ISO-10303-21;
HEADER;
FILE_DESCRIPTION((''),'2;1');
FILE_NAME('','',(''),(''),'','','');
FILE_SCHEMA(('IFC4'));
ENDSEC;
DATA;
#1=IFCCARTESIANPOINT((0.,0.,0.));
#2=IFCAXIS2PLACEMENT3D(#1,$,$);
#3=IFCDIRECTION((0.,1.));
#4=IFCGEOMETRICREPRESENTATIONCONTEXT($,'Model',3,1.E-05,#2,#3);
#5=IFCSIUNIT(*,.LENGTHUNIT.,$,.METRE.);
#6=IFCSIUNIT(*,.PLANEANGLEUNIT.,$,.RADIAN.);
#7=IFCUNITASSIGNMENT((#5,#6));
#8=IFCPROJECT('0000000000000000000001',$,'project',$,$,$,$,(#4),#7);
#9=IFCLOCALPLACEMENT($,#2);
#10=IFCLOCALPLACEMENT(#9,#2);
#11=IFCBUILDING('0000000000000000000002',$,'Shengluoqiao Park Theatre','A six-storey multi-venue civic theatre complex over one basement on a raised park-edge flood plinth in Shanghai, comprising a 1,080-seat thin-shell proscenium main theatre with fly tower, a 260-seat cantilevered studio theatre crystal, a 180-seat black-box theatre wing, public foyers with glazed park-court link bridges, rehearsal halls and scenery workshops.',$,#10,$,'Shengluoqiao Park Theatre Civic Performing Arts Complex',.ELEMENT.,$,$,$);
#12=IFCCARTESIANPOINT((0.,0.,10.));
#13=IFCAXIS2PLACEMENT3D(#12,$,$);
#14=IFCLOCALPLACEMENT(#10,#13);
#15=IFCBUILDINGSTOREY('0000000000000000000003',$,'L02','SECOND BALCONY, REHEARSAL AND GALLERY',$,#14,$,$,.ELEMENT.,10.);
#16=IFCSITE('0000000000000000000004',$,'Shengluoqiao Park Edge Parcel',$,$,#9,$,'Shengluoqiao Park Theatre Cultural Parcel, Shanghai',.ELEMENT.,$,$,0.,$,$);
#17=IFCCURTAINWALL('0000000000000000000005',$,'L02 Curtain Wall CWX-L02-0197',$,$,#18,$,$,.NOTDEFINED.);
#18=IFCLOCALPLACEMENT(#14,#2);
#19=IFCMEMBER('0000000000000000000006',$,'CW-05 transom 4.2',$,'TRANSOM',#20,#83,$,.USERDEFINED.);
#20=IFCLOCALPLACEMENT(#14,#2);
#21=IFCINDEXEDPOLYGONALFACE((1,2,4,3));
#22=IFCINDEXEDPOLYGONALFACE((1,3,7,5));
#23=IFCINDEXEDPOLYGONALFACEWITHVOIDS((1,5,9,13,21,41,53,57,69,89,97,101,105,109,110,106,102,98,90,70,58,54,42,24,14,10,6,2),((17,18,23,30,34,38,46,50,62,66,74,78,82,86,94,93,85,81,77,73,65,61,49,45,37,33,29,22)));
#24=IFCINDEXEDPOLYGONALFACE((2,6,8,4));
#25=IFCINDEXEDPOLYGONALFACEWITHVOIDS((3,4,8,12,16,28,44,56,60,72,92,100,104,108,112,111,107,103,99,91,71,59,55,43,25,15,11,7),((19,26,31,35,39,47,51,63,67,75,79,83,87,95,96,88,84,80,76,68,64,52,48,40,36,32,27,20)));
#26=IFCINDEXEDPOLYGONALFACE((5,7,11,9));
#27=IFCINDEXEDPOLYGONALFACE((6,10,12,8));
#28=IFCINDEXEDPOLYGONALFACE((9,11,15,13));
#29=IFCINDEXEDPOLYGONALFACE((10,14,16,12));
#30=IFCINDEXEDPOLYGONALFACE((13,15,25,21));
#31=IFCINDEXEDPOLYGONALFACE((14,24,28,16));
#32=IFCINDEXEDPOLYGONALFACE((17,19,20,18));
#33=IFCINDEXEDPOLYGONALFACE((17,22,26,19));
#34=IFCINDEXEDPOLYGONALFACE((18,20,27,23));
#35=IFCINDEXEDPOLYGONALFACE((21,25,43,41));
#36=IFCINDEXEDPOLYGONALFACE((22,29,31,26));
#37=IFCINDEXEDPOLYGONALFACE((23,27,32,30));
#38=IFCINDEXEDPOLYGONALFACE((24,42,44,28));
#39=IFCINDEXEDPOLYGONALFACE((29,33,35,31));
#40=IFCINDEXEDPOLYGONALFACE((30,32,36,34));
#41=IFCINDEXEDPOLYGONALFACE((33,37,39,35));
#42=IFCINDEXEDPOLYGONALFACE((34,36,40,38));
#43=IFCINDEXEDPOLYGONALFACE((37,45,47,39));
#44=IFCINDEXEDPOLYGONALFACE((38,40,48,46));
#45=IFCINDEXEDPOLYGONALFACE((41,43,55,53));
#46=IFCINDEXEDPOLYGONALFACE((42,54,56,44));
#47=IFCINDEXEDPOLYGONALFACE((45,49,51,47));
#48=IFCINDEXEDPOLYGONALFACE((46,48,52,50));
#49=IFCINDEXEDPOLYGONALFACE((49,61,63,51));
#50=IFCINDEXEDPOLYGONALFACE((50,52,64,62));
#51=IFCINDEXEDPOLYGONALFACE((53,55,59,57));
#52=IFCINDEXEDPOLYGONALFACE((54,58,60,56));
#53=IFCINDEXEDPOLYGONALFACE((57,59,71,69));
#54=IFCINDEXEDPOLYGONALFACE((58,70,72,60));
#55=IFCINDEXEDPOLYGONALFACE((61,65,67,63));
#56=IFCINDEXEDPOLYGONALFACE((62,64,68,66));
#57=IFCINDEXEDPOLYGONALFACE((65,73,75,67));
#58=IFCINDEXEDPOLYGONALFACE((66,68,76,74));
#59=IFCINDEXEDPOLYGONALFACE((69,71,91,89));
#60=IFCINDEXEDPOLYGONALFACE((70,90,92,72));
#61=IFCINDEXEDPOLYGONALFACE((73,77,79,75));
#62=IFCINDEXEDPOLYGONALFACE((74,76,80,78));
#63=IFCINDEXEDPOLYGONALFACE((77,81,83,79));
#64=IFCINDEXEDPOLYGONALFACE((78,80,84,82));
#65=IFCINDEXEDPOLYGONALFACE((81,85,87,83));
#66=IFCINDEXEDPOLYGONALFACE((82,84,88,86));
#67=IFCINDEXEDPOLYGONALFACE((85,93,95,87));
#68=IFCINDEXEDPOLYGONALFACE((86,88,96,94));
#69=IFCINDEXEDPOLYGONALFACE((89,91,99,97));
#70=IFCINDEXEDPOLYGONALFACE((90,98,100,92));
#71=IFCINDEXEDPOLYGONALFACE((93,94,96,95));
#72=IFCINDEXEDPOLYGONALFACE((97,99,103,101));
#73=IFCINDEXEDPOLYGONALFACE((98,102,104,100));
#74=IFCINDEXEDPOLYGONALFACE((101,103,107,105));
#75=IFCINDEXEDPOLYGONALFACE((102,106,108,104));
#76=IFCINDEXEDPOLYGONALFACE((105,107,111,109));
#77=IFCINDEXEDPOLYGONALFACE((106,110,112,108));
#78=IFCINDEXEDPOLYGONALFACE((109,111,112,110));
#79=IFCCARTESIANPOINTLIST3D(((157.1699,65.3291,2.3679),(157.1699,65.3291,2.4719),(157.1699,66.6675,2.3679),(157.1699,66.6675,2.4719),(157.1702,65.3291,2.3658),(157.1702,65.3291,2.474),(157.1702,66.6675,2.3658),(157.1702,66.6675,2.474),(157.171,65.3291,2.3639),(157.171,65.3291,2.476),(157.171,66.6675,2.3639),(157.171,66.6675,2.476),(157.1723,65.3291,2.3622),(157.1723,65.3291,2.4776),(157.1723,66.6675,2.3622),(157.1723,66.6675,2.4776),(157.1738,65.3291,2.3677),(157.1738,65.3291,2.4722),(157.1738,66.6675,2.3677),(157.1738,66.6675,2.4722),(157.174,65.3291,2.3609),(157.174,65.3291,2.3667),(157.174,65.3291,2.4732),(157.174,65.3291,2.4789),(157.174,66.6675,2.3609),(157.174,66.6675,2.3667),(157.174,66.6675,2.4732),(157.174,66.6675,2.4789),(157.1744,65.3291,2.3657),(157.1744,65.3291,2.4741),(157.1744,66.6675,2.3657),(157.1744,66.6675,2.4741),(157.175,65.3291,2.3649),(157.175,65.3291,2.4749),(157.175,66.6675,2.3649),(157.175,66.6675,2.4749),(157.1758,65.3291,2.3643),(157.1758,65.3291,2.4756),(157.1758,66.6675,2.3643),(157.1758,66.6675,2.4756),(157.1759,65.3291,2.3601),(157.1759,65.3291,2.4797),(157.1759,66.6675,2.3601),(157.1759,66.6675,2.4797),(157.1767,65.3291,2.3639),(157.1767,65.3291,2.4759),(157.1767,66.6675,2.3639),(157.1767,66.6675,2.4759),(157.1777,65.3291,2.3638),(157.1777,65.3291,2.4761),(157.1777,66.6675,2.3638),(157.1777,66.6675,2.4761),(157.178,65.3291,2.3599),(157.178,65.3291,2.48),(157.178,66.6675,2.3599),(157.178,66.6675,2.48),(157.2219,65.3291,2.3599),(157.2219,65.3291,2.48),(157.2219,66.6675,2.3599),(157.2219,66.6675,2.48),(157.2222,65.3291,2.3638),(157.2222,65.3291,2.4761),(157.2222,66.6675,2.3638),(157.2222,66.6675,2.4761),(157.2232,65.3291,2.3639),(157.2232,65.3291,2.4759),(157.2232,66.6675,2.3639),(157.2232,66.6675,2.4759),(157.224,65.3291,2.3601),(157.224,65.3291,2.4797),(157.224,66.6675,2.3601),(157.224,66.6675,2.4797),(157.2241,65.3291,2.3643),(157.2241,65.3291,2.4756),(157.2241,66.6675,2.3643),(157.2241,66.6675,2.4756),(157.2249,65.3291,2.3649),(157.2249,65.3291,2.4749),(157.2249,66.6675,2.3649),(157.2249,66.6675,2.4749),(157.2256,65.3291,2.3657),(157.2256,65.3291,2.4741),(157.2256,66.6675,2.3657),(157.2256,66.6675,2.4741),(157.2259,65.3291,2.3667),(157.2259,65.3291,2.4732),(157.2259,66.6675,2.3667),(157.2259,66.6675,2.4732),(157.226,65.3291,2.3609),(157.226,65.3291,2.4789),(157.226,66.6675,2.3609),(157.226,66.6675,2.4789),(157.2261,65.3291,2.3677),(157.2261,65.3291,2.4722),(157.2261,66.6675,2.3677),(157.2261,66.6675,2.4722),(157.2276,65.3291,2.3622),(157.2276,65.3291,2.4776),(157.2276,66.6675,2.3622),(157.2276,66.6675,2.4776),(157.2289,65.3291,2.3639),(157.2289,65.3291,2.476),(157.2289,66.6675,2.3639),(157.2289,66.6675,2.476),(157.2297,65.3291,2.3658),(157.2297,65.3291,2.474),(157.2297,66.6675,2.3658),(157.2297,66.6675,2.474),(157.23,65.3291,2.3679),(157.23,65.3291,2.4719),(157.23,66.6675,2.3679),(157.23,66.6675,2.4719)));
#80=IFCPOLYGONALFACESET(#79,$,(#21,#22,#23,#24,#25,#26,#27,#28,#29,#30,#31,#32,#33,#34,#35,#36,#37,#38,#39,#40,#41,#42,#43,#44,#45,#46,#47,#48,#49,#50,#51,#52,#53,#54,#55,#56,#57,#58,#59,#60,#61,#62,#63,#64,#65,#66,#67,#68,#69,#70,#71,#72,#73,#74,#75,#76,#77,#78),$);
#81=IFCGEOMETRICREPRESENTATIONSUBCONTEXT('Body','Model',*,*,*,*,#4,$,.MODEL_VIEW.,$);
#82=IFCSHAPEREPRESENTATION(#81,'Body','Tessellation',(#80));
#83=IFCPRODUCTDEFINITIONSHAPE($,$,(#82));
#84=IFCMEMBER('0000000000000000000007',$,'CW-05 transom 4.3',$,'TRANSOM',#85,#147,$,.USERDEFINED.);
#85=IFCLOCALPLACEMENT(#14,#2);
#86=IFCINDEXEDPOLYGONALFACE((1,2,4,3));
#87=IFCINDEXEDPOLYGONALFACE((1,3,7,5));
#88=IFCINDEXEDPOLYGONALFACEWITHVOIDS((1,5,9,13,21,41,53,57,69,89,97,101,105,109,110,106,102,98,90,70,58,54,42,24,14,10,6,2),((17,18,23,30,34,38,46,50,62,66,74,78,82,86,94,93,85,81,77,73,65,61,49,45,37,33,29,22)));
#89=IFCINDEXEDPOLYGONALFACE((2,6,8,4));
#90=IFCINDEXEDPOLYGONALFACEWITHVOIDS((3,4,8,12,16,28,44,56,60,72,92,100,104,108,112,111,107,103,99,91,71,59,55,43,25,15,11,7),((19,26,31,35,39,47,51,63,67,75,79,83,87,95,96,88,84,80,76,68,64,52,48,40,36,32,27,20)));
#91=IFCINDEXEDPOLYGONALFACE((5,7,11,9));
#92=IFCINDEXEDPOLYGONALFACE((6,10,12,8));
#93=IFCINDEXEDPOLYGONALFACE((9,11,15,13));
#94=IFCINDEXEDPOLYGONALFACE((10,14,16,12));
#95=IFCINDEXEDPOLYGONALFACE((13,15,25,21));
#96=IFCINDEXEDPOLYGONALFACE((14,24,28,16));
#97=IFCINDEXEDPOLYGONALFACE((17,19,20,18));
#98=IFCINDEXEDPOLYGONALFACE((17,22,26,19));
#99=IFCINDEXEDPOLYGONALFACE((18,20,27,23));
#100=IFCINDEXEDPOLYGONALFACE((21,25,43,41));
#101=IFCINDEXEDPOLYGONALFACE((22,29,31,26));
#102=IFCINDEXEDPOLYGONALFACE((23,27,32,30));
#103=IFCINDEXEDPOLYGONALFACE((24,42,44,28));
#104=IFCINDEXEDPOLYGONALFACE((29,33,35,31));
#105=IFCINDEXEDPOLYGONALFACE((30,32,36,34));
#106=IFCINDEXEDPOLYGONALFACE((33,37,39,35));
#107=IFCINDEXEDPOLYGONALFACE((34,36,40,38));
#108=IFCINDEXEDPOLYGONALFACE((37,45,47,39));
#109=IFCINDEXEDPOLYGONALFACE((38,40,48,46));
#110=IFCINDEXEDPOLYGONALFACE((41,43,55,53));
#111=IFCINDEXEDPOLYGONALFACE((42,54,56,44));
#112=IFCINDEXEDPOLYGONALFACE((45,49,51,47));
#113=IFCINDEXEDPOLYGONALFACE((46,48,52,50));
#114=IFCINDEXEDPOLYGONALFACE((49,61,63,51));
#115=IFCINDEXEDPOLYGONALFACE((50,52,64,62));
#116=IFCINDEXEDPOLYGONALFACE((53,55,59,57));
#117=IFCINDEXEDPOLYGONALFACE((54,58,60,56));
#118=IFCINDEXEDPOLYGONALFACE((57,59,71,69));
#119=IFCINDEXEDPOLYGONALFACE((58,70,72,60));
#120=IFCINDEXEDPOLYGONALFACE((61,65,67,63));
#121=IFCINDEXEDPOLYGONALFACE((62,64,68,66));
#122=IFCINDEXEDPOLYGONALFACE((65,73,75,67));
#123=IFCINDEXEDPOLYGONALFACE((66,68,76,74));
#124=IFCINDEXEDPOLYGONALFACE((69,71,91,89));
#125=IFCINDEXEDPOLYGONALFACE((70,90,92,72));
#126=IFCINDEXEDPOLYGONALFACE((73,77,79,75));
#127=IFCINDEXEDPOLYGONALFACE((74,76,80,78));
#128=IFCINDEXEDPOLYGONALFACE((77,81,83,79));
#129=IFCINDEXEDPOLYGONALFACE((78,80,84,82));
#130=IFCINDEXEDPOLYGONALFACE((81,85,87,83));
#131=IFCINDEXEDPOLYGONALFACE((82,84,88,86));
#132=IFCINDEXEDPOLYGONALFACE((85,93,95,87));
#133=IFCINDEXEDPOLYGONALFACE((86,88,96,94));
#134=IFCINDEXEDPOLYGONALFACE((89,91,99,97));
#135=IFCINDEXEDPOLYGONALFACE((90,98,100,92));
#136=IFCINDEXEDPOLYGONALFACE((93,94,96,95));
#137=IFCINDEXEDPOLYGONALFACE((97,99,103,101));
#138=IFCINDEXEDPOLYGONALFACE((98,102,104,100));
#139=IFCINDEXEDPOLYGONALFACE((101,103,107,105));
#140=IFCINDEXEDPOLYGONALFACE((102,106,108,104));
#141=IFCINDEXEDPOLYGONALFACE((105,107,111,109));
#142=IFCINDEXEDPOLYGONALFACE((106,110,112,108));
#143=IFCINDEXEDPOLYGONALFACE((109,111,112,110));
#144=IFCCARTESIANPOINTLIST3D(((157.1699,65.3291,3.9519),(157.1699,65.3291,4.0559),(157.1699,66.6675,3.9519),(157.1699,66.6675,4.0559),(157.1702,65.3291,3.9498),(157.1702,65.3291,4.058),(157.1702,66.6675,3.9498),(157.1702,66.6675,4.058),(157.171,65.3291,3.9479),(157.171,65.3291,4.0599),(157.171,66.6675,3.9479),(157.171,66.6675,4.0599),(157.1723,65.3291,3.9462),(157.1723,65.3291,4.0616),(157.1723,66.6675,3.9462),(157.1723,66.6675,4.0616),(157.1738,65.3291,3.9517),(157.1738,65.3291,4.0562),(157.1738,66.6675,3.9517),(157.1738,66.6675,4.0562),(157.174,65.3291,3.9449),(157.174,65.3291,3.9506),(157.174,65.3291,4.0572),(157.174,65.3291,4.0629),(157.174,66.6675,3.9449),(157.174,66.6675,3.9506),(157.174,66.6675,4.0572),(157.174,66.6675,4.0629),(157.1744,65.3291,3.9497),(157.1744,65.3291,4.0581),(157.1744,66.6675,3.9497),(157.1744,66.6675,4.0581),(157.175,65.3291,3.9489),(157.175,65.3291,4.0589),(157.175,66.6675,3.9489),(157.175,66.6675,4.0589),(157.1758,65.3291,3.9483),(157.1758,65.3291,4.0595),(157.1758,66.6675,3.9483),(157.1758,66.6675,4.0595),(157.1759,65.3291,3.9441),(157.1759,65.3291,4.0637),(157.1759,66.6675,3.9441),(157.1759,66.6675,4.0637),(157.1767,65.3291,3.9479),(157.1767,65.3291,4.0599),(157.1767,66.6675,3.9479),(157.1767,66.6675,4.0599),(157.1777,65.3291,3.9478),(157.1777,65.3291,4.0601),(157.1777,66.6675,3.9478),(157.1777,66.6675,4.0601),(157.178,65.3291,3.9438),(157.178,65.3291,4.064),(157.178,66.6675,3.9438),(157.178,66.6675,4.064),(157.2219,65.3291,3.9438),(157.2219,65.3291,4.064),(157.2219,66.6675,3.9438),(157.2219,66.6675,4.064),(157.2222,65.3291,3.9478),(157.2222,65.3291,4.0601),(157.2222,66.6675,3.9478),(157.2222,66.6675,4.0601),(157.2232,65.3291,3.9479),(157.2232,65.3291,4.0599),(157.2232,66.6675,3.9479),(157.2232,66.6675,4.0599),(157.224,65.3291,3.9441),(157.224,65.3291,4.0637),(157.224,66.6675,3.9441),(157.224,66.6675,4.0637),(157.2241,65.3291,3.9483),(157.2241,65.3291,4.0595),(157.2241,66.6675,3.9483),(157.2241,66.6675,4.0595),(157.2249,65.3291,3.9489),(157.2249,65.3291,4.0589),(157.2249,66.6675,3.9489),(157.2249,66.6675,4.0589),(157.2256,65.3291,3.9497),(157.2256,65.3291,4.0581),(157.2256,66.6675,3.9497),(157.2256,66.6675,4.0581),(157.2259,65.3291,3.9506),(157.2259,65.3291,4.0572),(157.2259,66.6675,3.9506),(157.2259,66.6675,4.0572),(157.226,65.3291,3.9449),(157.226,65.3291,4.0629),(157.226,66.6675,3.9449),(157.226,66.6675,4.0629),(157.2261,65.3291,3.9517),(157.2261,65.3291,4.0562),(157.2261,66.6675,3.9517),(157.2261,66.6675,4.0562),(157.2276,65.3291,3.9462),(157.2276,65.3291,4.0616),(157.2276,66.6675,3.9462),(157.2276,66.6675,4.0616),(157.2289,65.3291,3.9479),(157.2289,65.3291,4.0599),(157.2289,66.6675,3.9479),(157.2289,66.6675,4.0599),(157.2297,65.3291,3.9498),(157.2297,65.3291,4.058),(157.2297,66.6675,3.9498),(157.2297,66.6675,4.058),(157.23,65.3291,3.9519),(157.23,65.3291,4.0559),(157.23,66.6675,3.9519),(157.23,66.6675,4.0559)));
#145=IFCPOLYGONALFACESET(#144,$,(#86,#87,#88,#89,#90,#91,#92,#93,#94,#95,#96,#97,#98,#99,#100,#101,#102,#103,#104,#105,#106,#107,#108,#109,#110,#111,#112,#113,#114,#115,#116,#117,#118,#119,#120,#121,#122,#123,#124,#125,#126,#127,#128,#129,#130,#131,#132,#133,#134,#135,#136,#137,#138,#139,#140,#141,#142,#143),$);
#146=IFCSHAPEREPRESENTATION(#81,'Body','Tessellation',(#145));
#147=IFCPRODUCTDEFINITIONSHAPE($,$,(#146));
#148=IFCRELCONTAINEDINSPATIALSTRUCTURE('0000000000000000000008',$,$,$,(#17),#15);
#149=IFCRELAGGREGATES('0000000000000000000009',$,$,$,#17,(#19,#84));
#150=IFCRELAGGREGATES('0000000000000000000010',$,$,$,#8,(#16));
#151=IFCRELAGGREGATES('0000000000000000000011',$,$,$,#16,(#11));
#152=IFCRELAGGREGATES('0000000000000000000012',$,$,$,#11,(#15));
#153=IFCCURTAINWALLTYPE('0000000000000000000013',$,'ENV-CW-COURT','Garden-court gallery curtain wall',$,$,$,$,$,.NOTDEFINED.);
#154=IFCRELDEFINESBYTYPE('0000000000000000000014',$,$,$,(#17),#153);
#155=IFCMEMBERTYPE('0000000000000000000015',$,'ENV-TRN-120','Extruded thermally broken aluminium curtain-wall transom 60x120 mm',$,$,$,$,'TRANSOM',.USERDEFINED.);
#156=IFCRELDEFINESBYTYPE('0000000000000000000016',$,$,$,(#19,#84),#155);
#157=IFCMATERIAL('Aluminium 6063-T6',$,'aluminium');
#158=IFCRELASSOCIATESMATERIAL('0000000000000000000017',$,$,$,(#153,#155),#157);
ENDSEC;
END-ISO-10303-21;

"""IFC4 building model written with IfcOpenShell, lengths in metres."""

from ifc_helpers import new_model, si_unit, direction, frame, origin, origin_2d, place, context, subcontext, project, spatial, hollow_rectangle, extrude, material, material_profile, profile_set, type_object, element, aggregate, save


model = new_model("IFC4")

# Units and contexts
model_context = context("Model", 3, precision=1e-05, world=origin(), true_north=direction((0.0, 1.0)))
body_context = subcontext(model_context, "Body", "Model", "MODEL_VIEW")
ifc_project = project(units=[si_unit("LENGTHUNIT", "METRE"), si_unit("PLANEANGLEUNIT", "RADIAN")], contexts=[model_context])

# Site, building, storey
site_placement = place(None, origin())
site = spatial("IfcSite", under=ifc_project, at=site_placement, Name="Shengluoqiao Park Edge Parcel", LongName="Shengluoqiao Park Theatre Cultural Parcel, Shanghai", CompositionType="ELEMENT", RefElevation=0.0)
building_placement = place(site_placement, origin())
building = spatial("IfcBuilding", under=site, at=building_placement, Name="Shengluoqiao Park Theatre", Description="A six-storey multi-venue civic theatre complex over one basement on a raised park-edge flood plinth in Shanghai, comprising a 1,080-seat thin-shell proscenium main theatre with fly tower, a 260-seat cantilevered studio theatre crystal, a 180-seat black-box theatre wing, public foyers with glazed park-court link bridges, rehearsal halls and scenery workshops.", LongName="Shengluoqiao Park Theatre Civic Performing Arts Complex", CompositionType="ELEMENT")
storey_placement = place(building_placement, frame((0.0, 0.0, 10.0)))
storey = spatial("IfcBuildingStorey", under=building, at=storey_placement, Name="L02", Description="SECOND BALCONY, REHEARSAL AND GALLERY", CompositionType="ELEMENT", Elevation=10.0)

# Curtain wall, members
ifc_material_1 = material(Name="Aluminium 6063-T6", Category="aluminium")
curtain_wall_type = type_object("IfcCurtainWallType", Name="ENV-CW-COURT", Description="Garden-court gallery curtain wall", PredefinedType="NOTDEFINED", material=ifc_material_1)
curtain_wall_placement = place(storey_placement, origin())
curtain_wall = element("IfcCurtainWall", 1, at=curtain_wall_placement, inside=storey, type_object=curtain_wall_type, Name="L02 Curtain Wall CWX-L02-0197", PredefinedType="NOTDEFINED")
ifc_material_profile_1 = material_profile(ifc_material_1, hollow_rectangle(XDim=0.0601, YDim=0.1201, WallThickness=0.0039, InnerFilletRadius=0.0039, OuterFilletRadius=0.0081, at=origin_2d()), Name="ALU TRANSOM 120x60x4")
ifc_profile_set_1 = profile_set([ifc_material_profile_1], Name="Aluminium 6063-T6")
member_type_1 = type_object("IfcMemberType", Name="ENV-TRN-120", Description="Extruded thermally broken aluminium curtain-wall transom 60x120 mm", ElementType="TRANSOM", PredefinedType="USERDEFINED", material=ifc_profile_set_1)
member_1_placement = place(storey_placement, frame((157.2, 65.3291, 2.4199), z_axis=(0.0, 1.0, 0.0), x_axis=(-1.0, 0.0, 0.0)))
member_1 = element("IfcMember", 2, at=member_1_placement, type_object=member_type_1, Name="CW-05 transom 4.2", ObjectType="TRANSOM", PredefinedType="USERDEFINED", context=body_context, shape_type="SweptSolid", body=[
    extrude(hollow_rectangle(XDim=0.0601, YDim=0.1201, WallThickness=0.0039, InnerFilletRadius=0.0039, OuterFilletRadius=0.0081, at=origin_2d()), origin(), (0.0, 0.0, 1.0), 1.3384),
])
member_2_placement = place(storey_placement, frame((157.2, 65.3291, 4.0039), z_axis=(0.0, 1.0, 0.0), x_axis=(-1.0, 0.0, 0.0)))
member_2 = element("IfcMember", 3, at=member_2_placement, type_object=member_type_1, Name="CW-05 transom 4.3", ObjectType="TRANSOM", PredefinedType="USERDEFINED", context=body_context, shape_type="SweptSolid", body=[
    extrude(hollow_rectangle(XDim=0.0601, YDim=0.1201, WallThickness=0.0039, InnerFilletRadius=0.0039, OuterFilletRadius=0.0081, at=origin_2d()), origin(), (0.0, 0.0, 1.0), 1.3384),
])

aggregate(curtain_wall, [member_1, member_2])

save(model, "model.ifc")
